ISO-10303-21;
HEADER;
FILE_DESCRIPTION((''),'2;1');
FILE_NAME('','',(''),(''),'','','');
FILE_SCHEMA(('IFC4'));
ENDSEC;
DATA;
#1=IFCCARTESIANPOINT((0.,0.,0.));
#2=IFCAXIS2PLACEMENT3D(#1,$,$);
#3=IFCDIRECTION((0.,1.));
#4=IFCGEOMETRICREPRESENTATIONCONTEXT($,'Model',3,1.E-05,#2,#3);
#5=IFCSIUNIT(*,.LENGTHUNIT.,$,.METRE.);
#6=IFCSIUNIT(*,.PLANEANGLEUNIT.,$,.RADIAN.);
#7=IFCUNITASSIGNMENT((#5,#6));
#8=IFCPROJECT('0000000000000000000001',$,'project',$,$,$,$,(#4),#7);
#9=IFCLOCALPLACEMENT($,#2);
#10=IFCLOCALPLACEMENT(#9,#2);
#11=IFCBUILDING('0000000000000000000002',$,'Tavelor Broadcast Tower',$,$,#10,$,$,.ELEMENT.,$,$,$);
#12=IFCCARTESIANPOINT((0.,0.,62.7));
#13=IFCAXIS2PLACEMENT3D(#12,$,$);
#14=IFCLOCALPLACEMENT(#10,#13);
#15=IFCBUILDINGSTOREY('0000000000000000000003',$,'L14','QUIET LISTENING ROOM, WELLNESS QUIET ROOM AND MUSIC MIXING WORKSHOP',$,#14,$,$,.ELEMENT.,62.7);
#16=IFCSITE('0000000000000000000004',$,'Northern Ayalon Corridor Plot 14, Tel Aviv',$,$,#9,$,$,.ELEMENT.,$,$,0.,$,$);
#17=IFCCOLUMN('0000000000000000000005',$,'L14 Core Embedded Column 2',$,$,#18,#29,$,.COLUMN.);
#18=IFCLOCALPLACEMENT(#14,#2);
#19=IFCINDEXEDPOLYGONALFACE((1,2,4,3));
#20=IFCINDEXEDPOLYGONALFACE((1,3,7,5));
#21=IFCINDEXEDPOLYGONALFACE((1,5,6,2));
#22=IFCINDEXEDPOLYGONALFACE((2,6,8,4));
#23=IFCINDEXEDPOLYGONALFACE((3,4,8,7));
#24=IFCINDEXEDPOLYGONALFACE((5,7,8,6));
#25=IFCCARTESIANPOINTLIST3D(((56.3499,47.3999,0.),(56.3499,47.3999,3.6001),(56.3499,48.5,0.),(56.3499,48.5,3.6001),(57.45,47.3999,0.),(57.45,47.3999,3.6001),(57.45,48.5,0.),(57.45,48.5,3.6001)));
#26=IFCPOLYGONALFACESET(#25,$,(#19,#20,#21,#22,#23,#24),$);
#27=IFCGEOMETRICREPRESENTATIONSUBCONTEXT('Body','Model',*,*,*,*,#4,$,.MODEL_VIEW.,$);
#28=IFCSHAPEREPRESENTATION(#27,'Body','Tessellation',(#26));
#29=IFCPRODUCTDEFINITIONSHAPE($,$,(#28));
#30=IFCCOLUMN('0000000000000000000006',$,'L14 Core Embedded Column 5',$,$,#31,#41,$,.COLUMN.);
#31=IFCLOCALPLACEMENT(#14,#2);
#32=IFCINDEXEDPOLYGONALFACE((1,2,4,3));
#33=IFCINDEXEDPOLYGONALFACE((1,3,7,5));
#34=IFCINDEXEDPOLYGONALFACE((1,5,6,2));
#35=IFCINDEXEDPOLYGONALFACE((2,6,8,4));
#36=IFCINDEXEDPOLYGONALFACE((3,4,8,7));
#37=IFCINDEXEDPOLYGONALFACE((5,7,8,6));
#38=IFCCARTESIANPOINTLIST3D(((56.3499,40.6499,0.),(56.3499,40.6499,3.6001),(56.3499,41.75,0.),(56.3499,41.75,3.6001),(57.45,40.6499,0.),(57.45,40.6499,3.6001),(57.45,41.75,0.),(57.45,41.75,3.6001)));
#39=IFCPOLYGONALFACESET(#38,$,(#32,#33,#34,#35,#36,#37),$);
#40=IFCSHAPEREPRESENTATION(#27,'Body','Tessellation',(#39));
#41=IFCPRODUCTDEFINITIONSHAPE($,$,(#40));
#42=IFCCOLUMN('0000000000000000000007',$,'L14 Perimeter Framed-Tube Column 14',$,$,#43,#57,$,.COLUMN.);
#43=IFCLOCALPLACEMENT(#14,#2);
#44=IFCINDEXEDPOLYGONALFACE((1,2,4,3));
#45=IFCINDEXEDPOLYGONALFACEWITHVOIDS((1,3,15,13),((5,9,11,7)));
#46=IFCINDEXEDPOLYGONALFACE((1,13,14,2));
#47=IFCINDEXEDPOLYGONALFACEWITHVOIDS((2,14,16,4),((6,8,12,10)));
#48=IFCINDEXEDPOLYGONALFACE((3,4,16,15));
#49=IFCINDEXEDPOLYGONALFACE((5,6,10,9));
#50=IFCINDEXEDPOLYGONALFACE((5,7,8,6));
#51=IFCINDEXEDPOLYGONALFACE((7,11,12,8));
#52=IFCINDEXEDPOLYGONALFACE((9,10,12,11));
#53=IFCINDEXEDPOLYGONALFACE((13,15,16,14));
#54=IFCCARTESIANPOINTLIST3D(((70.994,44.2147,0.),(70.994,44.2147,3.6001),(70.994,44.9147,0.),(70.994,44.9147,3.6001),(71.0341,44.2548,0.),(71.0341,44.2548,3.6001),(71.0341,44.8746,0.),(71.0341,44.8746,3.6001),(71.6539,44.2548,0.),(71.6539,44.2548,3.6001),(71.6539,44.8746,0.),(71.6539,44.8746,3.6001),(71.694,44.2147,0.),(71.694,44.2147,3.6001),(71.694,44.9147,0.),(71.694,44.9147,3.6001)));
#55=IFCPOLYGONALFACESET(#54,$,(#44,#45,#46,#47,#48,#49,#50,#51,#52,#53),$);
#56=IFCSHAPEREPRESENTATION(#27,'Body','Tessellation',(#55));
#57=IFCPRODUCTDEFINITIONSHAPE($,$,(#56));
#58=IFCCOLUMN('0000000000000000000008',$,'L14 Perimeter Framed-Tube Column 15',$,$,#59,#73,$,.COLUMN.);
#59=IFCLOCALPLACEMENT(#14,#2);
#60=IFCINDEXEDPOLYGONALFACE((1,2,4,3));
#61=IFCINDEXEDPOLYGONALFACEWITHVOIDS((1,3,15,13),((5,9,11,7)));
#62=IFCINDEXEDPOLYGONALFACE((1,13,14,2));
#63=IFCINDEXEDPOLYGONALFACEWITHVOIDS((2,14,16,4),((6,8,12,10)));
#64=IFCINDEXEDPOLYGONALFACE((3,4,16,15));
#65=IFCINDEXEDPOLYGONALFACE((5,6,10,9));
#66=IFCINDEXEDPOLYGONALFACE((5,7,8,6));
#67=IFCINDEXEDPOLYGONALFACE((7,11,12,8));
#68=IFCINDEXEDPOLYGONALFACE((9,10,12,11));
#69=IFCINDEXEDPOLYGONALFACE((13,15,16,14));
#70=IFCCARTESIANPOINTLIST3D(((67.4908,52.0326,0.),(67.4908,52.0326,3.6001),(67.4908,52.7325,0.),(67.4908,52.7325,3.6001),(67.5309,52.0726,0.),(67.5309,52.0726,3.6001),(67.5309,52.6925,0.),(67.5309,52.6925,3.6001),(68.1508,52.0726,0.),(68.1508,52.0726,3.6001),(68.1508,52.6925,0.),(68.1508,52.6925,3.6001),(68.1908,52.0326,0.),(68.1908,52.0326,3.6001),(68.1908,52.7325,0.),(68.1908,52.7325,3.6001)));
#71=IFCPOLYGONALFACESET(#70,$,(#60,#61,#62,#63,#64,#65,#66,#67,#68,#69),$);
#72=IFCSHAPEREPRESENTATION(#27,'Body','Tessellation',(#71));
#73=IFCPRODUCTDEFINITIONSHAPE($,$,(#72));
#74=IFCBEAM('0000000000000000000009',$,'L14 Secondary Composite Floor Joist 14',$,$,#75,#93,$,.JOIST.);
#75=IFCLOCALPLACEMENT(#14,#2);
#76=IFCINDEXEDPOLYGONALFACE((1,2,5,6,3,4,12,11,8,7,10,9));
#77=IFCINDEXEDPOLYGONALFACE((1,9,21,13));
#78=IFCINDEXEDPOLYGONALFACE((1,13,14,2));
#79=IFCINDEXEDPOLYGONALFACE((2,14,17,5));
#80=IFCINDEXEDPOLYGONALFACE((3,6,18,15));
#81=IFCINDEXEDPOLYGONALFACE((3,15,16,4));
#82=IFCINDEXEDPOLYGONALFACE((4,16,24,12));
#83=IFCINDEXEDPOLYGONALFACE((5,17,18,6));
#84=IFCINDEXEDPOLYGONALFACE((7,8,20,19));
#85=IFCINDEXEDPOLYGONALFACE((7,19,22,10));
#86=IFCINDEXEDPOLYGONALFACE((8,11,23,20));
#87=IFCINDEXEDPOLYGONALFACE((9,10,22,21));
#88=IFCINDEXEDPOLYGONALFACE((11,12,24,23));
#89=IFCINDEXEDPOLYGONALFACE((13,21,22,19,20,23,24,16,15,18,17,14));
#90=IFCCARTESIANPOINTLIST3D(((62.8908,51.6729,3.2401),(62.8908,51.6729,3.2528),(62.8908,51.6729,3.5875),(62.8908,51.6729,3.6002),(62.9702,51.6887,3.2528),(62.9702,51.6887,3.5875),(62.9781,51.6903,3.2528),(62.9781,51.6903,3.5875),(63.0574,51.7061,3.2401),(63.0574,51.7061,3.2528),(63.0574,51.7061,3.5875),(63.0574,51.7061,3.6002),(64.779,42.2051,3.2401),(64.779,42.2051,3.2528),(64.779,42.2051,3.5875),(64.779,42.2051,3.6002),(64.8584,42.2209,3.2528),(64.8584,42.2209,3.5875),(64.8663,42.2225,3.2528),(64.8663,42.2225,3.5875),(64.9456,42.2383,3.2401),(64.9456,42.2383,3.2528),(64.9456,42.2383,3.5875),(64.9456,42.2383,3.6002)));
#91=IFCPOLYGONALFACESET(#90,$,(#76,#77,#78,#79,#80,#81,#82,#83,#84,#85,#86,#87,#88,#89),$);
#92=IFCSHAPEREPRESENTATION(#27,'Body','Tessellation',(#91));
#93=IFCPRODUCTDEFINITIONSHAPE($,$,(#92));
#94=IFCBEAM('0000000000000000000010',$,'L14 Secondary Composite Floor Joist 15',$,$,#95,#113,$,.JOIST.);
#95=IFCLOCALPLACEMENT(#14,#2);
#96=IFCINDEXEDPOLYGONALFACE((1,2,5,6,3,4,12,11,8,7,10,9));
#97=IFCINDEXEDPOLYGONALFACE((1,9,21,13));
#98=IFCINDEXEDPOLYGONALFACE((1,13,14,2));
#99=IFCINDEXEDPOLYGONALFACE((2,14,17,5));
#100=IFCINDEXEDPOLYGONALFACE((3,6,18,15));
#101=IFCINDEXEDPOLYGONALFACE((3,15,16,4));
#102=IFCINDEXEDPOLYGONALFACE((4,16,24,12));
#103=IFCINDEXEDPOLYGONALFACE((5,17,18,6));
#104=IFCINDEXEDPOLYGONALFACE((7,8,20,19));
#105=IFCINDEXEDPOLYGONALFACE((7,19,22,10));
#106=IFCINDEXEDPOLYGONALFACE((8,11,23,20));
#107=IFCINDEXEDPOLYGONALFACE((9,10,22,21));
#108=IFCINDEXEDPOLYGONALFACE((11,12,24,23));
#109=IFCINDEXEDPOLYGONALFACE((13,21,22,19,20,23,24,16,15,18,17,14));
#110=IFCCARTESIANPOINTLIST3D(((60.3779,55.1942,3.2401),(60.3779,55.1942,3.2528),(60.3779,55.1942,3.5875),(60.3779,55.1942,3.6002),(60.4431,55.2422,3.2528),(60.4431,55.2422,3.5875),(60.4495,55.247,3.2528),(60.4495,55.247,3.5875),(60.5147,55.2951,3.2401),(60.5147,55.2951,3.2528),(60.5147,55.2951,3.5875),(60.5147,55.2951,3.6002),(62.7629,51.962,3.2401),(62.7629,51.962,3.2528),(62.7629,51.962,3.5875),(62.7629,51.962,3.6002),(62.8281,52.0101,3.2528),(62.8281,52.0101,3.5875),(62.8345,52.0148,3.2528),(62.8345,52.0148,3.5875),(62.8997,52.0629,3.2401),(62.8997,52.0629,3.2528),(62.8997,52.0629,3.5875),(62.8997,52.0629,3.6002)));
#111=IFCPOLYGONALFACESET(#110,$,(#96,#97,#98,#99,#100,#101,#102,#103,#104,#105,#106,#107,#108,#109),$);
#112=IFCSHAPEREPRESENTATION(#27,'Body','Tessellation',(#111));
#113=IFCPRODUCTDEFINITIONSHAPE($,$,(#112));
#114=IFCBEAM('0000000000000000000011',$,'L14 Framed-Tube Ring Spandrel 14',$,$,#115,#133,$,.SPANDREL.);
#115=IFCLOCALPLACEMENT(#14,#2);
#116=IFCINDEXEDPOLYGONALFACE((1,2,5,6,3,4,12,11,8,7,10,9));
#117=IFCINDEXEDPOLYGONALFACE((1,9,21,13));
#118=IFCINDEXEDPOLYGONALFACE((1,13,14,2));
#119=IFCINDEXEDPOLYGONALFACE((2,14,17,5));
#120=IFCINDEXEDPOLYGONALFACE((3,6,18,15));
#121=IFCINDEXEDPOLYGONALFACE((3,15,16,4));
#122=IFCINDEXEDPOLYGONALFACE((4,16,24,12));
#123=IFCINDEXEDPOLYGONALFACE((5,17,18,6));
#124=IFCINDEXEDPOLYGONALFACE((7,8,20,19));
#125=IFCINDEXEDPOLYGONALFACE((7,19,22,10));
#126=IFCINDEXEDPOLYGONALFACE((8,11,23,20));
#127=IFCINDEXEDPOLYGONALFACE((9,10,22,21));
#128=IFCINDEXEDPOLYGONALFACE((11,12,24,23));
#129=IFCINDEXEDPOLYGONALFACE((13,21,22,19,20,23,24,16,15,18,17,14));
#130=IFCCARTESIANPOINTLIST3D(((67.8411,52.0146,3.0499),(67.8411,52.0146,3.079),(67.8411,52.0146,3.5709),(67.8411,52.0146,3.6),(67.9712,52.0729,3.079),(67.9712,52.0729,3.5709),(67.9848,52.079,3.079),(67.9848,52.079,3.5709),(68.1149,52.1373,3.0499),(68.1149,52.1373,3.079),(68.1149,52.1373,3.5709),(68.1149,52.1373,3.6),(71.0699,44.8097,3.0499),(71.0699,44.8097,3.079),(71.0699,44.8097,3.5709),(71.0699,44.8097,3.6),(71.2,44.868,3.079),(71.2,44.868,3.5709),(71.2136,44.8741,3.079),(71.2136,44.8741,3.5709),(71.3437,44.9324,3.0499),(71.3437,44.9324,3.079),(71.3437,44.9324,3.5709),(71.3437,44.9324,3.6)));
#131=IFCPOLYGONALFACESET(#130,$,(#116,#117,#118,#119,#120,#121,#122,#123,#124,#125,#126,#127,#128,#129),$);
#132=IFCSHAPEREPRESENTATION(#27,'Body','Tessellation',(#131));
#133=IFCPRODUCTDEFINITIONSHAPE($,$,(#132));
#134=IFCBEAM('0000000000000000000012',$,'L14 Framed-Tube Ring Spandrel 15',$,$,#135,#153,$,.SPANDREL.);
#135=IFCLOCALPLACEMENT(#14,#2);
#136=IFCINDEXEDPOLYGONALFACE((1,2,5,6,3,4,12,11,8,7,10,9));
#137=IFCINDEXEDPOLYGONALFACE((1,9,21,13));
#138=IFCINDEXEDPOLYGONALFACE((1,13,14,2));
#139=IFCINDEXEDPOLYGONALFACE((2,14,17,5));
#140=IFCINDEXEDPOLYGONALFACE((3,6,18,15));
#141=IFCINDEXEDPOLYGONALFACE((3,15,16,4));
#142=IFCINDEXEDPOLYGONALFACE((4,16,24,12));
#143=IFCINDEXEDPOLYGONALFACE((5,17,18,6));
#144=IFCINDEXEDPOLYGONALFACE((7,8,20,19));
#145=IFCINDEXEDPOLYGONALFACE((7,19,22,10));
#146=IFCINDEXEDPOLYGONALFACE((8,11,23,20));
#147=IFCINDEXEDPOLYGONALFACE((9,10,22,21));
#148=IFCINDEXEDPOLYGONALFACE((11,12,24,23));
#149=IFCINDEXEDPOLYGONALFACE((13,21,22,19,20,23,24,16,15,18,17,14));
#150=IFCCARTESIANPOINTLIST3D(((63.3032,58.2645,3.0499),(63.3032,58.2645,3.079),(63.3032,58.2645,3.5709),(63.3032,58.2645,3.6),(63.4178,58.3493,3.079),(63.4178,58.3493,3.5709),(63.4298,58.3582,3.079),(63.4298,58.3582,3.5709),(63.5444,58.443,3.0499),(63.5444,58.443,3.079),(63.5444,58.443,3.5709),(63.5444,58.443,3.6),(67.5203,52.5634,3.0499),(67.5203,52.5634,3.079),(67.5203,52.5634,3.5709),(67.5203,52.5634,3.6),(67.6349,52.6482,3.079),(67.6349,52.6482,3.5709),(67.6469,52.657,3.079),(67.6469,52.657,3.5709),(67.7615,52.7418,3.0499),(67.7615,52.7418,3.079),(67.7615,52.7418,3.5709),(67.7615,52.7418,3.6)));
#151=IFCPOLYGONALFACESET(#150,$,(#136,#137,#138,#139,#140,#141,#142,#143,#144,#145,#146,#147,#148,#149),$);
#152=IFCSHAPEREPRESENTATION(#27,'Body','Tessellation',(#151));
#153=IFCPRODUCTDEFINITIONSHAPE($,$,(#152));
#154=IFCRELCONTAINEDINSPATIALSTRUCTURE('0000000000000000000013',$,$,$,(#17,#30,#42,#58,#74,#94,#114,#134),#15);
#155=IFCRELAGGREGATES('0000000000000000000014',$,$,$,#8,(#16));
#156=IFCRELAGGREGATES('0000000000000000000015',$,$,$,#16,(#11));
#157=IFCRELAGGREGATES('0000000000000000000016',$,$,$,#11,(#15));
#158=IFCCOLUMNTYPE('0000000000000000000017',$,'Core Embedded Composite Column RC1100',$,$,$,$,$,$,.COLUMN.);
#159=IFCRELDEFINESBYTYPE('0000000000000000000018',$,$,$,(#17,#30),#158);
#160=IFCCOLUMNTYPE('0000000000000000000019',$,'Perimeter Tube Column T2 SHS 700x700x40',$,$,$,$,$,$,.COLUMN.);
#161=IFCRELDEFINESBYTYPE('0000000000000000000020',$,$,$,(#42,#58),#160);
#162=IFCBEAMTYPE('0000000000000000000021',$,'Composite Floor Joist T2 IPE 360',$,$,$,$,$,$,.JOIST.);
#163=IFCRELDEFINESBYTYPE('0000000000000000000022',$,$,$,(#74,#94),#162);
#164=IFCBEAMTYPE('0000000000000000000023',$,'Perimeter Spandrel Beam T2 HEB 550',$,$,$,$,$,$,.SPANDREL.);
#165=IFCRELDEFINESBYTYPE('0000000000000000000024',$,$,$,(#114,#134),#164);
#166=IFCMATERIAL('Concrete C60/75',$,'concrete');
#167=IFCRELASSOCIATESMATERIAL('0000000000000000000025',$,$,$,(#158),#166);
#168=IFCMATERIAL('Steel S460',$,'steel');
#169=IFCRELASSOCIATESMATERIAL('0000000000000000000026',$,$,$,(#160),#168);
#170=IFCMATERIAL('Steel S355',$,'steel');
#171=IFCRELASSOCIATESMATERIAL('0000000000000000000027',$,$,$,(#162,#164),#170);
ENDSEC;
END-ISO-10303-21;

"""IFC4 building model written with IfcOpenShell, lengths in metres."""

from ifc_helpers import new_model, si_unit, direction, frame, origin, origin_2d, place, context, subcontext, project, spatial, rectangle, hollow_rectangle, i_section, extrude, material, material_profile, profile_set, type_object, element, save


model = new_model("IFC4")

# Units and contexts
model_context = context("Model", 3, precision=1e-05, world=origin(), true_north=direction((0.0, 1.0)))
body_context = subcontext(model_context, "Body", "Model", "MODEL_VIEW")
ifc_project = project(units=[si_unit("LENGTHUNIT", "METRE"), si_unit("PLANEANGLEUNIT", "RADIAN")], contexts=[model_context])

# Site, building, storey
site_placement = place(None, origin())
site = spatial("IfcSite", under=ifc_project, at=site_placement, Name="Northern Ayalon Corridor Plot 14, Tel Aviv", CompositionType="ELEMENT", RefElevation=0.0)
building_placement = place(site_placement, origin())
building = spatial("IfcBuilding", under=site, at=building_placement, Name="Tavelor Broadcast Tower", CompositionType="ELEMENT")
storey_placement = place(building_placement, frame((0.0, 0.0, 62.7)))
storey = spatial("IfcBuildingStorey", under=building, at=storey_placement, Name="L14", Description="QUIET LISTENING ROOM, WELLNESS QUIET ROOM AND MUSIC MIXING WORKSHOP", CompositionType="ELEMENT", Elevation=62.7)

# Columns
ifc_material_1 = material(Name="Concrete C60/75", Category="concrete")
ifc_material_profile_1 = material_profile(ifc_material_1, rectangle(XDim=1.1001, YDim=1.1001, at=origin_2d()), Name="RC 1100x1100")
ifc_profile_set_1 = profile_set([ifc_material_profile_1], Name="Concrete C60/75")
column_type_1 = type_object("IfcColumnType", Name="Core Embedded Composite Column RC1100", PredefinedType="COLUMN", material=ifc_profile_set_1)
for number, where, z_axis, x_axis, name in (
    (1, (56.8999, 47.95, 0.0), (0.0, 0.0, 1.0), (1.0, 0.0, 0.0), "L14 Core Embedded Column 2"),
    (2, (56.8999, 41.2, 0.0), (0.0, 0.0, 1.0), (1.0, 0.0, 0.0), "L14 Core Embedded Column 5"),
):
    element("IfcColumn", number, at=place(storey_placement, frame(where, z_axis=z_axis, x_axis=x_axis)), inside=storey, type_object=column_type_1, Name=name, PredefinedType="COLUMN", context=body_context, shape_type="SweptSolid", body=[
        extrude(rectangle(XDim=1.1001, YDim=1.1001, at=origin_2d()), origin(), (0.0, 0.0, 1.0), 3.6001),
    ])
ifc_material_2 = material(Name="Steel S460", Category="steel")
ifc_material_profile_2 = material_profile(ifc_material_2, hollow_rectangle(XDim=0.7, YDim=0.7, WallThickness=0.04, at=origin_2d()), Name="SHS 700x700x40")
ifc_profile_set_2 = profile_set([ifc_material_profile_2], Name="Steel S460")
column_type_2 = type_object("IfcColumnType", Name="Perimeter Tube Column T2 SHS 700x700x40", PredefinedType="COLUMN", material=ifc_profile_set_2)
for number, where, z_axis, x_axis, name in (
    (3, (71.344, 44.5647, 0.0), (0.0, 0.0, 1.0), (1.0, 0.0, 0.0), "L14 Perimeter Framed-Tube Column 14"),
    (4, (67.8408, 52.3826, 0.0), (0.0, 0.0, 1.0), (1.0, 0.0, 0.0), "L14 Perimeter Framed-Tube Column 15"),
):
    element("IfcColumn", number, at=place(storey_placement, frame(where, z_axis=z_axis, x_axis=x_axis)), inside=storey, type_object=column_type_2, Name=name, PredefinedType="COLUMN", context=body_context, shape_type="SweptSolid", body=[
        extrude(hollow_rectangle(XDim=0.7, YDim=0.7, WallThickness=0.04, at=origin_2d()), origin(), (0.0, 0.0, 1.0), 3.6001),
    ])

# Beams
ifc_material_3 = material(Name="Steel S355", Category="steel")
ifc_material_profile_3 = material_profile(ifc_material_3, i_section(OverallWidth=0.1699, OverallDepth=0.3601, WebThickness=0.0081, FlangeThickness=0.0127, at=origin_2d()), Name="IPE 360")
ifc_profile_set_3 = profile_set([ifc_material_profile_3], Name="Steel S355")
beam_type_1 = type_object("IfcBeamType", Name="Composite Floor Joist T2 IPE 360", PredefinedType="JOIST", material=ifc_profile_set_3)
beam_1_placement = place(storey_placement, frame((64.8623, 42.2217, 3.4202), z_axis=(-0.195581, 0.980688, 0.0), x_axis=(-0.980688, -0.195581, 0.0)))
element("IfcBeam", 5, at=beam_1_placement, inside=storey, type_object=beam_type_1, Name="L14 Secondary Composite Floor Joist 14", PredefinedType="JOIST", context=body_context, shape_type="SweptSolid", body=[
    extrude(i_section(OverallWidth=0.1699, OverallDepth=0.3601, WebThickness=0.0081, FlangeThickness=0.0127, at=origin_2d()), origin(), (0.0, 0.0, 1.0), 9.6543),
])
beam_2_placement = place(storey_placement, frame((62.8313, 52.0125, 3.4202), z_axis=(-0.593748, 0.804651, 0.0), x_axis=(-0.804651, -0.593748, 0.0)))
element("IfcBeam", 6, at=beam_2_placement, inside=storey, type_object=beam_type_1, Name="L14 Secondary Composite Floor Joist 15", PredefinedType="JOIST", context=body_context, shape_type="SweptSolid", body=[
    extrude(i_section(OverallWidth=0.1699, OverallDepth=0.3601, WebThickness=0.0081, FlangeThickness=0.0127, at=origin_2d()), origin(), (0.0, 0.0, 1.0), 4.0168),
])
ifc_material_profile_4 = material_profile(ifc_material_3, i_section(OverallWidth=0.3, OverallDepth=0.55, WebThickness=0.0149, FlangeThickness=0.0291, at=origin_2d()), Name="HEB 550")
ifc_profile_set_4 = profile_set([ifc_material_profile_4], Name="Steel S355")
beam_type_2 = type_object("IfcBeamType", Name="Perimeter Spandrel Beam T2 HEB 550", PredefinedType="SPANDREL", material=ifc_profile_set_4)
beam_3_placement = place(storey_placement, frame((71.2068, 44.8711, 3.325), z_axis=(-0.408951, 0.912556, 0.0), x_axis=(-0.912556, -0.408951, 0.0)))
element("IfcBeam", 7, at=beam_3_placement, inside=storey, type_object=beam_type_2, Name="L14 Framed-Tube Ring Spandrel 14", PredefinedType="SPANDREL", context=body_context, shape_type="SweptSolid", body=[
    extrude(i_section(OverallWidth=0.3, OverallDepth=0.55, WebThickness=0.0149, FlangeThickness=0.0291, at=origin_2d()), origin(), (0.0, 0.0, 1.0), 7.8953),
])
beam_4_placement = place(storey_placement, frame((67.6409, 52.6526, 3.325), z_axis=(-0.594677, 0.803965, 0.0), x_axis=(-0.803965, -0.594677, 0.0)))
element("IfcBeam", 8, at=beam_4_placement, inside=storey, type_object=beam_type_2, Name="L14 Framed-Tube Ring Spandrel 15", PredefinedType="SPANDREL", context=body_context, shape_type="SweptSolid", body=[
    extrude(i_section(OverallWidth=0.3, OverallDepth=0.55, WebThickness=0.0149, FlangeThickness=0.0291, at=origin_2d()), origin(), (0.0, 0.0, 1.0), 7.0913),
])

save(model, "model.ifc")
